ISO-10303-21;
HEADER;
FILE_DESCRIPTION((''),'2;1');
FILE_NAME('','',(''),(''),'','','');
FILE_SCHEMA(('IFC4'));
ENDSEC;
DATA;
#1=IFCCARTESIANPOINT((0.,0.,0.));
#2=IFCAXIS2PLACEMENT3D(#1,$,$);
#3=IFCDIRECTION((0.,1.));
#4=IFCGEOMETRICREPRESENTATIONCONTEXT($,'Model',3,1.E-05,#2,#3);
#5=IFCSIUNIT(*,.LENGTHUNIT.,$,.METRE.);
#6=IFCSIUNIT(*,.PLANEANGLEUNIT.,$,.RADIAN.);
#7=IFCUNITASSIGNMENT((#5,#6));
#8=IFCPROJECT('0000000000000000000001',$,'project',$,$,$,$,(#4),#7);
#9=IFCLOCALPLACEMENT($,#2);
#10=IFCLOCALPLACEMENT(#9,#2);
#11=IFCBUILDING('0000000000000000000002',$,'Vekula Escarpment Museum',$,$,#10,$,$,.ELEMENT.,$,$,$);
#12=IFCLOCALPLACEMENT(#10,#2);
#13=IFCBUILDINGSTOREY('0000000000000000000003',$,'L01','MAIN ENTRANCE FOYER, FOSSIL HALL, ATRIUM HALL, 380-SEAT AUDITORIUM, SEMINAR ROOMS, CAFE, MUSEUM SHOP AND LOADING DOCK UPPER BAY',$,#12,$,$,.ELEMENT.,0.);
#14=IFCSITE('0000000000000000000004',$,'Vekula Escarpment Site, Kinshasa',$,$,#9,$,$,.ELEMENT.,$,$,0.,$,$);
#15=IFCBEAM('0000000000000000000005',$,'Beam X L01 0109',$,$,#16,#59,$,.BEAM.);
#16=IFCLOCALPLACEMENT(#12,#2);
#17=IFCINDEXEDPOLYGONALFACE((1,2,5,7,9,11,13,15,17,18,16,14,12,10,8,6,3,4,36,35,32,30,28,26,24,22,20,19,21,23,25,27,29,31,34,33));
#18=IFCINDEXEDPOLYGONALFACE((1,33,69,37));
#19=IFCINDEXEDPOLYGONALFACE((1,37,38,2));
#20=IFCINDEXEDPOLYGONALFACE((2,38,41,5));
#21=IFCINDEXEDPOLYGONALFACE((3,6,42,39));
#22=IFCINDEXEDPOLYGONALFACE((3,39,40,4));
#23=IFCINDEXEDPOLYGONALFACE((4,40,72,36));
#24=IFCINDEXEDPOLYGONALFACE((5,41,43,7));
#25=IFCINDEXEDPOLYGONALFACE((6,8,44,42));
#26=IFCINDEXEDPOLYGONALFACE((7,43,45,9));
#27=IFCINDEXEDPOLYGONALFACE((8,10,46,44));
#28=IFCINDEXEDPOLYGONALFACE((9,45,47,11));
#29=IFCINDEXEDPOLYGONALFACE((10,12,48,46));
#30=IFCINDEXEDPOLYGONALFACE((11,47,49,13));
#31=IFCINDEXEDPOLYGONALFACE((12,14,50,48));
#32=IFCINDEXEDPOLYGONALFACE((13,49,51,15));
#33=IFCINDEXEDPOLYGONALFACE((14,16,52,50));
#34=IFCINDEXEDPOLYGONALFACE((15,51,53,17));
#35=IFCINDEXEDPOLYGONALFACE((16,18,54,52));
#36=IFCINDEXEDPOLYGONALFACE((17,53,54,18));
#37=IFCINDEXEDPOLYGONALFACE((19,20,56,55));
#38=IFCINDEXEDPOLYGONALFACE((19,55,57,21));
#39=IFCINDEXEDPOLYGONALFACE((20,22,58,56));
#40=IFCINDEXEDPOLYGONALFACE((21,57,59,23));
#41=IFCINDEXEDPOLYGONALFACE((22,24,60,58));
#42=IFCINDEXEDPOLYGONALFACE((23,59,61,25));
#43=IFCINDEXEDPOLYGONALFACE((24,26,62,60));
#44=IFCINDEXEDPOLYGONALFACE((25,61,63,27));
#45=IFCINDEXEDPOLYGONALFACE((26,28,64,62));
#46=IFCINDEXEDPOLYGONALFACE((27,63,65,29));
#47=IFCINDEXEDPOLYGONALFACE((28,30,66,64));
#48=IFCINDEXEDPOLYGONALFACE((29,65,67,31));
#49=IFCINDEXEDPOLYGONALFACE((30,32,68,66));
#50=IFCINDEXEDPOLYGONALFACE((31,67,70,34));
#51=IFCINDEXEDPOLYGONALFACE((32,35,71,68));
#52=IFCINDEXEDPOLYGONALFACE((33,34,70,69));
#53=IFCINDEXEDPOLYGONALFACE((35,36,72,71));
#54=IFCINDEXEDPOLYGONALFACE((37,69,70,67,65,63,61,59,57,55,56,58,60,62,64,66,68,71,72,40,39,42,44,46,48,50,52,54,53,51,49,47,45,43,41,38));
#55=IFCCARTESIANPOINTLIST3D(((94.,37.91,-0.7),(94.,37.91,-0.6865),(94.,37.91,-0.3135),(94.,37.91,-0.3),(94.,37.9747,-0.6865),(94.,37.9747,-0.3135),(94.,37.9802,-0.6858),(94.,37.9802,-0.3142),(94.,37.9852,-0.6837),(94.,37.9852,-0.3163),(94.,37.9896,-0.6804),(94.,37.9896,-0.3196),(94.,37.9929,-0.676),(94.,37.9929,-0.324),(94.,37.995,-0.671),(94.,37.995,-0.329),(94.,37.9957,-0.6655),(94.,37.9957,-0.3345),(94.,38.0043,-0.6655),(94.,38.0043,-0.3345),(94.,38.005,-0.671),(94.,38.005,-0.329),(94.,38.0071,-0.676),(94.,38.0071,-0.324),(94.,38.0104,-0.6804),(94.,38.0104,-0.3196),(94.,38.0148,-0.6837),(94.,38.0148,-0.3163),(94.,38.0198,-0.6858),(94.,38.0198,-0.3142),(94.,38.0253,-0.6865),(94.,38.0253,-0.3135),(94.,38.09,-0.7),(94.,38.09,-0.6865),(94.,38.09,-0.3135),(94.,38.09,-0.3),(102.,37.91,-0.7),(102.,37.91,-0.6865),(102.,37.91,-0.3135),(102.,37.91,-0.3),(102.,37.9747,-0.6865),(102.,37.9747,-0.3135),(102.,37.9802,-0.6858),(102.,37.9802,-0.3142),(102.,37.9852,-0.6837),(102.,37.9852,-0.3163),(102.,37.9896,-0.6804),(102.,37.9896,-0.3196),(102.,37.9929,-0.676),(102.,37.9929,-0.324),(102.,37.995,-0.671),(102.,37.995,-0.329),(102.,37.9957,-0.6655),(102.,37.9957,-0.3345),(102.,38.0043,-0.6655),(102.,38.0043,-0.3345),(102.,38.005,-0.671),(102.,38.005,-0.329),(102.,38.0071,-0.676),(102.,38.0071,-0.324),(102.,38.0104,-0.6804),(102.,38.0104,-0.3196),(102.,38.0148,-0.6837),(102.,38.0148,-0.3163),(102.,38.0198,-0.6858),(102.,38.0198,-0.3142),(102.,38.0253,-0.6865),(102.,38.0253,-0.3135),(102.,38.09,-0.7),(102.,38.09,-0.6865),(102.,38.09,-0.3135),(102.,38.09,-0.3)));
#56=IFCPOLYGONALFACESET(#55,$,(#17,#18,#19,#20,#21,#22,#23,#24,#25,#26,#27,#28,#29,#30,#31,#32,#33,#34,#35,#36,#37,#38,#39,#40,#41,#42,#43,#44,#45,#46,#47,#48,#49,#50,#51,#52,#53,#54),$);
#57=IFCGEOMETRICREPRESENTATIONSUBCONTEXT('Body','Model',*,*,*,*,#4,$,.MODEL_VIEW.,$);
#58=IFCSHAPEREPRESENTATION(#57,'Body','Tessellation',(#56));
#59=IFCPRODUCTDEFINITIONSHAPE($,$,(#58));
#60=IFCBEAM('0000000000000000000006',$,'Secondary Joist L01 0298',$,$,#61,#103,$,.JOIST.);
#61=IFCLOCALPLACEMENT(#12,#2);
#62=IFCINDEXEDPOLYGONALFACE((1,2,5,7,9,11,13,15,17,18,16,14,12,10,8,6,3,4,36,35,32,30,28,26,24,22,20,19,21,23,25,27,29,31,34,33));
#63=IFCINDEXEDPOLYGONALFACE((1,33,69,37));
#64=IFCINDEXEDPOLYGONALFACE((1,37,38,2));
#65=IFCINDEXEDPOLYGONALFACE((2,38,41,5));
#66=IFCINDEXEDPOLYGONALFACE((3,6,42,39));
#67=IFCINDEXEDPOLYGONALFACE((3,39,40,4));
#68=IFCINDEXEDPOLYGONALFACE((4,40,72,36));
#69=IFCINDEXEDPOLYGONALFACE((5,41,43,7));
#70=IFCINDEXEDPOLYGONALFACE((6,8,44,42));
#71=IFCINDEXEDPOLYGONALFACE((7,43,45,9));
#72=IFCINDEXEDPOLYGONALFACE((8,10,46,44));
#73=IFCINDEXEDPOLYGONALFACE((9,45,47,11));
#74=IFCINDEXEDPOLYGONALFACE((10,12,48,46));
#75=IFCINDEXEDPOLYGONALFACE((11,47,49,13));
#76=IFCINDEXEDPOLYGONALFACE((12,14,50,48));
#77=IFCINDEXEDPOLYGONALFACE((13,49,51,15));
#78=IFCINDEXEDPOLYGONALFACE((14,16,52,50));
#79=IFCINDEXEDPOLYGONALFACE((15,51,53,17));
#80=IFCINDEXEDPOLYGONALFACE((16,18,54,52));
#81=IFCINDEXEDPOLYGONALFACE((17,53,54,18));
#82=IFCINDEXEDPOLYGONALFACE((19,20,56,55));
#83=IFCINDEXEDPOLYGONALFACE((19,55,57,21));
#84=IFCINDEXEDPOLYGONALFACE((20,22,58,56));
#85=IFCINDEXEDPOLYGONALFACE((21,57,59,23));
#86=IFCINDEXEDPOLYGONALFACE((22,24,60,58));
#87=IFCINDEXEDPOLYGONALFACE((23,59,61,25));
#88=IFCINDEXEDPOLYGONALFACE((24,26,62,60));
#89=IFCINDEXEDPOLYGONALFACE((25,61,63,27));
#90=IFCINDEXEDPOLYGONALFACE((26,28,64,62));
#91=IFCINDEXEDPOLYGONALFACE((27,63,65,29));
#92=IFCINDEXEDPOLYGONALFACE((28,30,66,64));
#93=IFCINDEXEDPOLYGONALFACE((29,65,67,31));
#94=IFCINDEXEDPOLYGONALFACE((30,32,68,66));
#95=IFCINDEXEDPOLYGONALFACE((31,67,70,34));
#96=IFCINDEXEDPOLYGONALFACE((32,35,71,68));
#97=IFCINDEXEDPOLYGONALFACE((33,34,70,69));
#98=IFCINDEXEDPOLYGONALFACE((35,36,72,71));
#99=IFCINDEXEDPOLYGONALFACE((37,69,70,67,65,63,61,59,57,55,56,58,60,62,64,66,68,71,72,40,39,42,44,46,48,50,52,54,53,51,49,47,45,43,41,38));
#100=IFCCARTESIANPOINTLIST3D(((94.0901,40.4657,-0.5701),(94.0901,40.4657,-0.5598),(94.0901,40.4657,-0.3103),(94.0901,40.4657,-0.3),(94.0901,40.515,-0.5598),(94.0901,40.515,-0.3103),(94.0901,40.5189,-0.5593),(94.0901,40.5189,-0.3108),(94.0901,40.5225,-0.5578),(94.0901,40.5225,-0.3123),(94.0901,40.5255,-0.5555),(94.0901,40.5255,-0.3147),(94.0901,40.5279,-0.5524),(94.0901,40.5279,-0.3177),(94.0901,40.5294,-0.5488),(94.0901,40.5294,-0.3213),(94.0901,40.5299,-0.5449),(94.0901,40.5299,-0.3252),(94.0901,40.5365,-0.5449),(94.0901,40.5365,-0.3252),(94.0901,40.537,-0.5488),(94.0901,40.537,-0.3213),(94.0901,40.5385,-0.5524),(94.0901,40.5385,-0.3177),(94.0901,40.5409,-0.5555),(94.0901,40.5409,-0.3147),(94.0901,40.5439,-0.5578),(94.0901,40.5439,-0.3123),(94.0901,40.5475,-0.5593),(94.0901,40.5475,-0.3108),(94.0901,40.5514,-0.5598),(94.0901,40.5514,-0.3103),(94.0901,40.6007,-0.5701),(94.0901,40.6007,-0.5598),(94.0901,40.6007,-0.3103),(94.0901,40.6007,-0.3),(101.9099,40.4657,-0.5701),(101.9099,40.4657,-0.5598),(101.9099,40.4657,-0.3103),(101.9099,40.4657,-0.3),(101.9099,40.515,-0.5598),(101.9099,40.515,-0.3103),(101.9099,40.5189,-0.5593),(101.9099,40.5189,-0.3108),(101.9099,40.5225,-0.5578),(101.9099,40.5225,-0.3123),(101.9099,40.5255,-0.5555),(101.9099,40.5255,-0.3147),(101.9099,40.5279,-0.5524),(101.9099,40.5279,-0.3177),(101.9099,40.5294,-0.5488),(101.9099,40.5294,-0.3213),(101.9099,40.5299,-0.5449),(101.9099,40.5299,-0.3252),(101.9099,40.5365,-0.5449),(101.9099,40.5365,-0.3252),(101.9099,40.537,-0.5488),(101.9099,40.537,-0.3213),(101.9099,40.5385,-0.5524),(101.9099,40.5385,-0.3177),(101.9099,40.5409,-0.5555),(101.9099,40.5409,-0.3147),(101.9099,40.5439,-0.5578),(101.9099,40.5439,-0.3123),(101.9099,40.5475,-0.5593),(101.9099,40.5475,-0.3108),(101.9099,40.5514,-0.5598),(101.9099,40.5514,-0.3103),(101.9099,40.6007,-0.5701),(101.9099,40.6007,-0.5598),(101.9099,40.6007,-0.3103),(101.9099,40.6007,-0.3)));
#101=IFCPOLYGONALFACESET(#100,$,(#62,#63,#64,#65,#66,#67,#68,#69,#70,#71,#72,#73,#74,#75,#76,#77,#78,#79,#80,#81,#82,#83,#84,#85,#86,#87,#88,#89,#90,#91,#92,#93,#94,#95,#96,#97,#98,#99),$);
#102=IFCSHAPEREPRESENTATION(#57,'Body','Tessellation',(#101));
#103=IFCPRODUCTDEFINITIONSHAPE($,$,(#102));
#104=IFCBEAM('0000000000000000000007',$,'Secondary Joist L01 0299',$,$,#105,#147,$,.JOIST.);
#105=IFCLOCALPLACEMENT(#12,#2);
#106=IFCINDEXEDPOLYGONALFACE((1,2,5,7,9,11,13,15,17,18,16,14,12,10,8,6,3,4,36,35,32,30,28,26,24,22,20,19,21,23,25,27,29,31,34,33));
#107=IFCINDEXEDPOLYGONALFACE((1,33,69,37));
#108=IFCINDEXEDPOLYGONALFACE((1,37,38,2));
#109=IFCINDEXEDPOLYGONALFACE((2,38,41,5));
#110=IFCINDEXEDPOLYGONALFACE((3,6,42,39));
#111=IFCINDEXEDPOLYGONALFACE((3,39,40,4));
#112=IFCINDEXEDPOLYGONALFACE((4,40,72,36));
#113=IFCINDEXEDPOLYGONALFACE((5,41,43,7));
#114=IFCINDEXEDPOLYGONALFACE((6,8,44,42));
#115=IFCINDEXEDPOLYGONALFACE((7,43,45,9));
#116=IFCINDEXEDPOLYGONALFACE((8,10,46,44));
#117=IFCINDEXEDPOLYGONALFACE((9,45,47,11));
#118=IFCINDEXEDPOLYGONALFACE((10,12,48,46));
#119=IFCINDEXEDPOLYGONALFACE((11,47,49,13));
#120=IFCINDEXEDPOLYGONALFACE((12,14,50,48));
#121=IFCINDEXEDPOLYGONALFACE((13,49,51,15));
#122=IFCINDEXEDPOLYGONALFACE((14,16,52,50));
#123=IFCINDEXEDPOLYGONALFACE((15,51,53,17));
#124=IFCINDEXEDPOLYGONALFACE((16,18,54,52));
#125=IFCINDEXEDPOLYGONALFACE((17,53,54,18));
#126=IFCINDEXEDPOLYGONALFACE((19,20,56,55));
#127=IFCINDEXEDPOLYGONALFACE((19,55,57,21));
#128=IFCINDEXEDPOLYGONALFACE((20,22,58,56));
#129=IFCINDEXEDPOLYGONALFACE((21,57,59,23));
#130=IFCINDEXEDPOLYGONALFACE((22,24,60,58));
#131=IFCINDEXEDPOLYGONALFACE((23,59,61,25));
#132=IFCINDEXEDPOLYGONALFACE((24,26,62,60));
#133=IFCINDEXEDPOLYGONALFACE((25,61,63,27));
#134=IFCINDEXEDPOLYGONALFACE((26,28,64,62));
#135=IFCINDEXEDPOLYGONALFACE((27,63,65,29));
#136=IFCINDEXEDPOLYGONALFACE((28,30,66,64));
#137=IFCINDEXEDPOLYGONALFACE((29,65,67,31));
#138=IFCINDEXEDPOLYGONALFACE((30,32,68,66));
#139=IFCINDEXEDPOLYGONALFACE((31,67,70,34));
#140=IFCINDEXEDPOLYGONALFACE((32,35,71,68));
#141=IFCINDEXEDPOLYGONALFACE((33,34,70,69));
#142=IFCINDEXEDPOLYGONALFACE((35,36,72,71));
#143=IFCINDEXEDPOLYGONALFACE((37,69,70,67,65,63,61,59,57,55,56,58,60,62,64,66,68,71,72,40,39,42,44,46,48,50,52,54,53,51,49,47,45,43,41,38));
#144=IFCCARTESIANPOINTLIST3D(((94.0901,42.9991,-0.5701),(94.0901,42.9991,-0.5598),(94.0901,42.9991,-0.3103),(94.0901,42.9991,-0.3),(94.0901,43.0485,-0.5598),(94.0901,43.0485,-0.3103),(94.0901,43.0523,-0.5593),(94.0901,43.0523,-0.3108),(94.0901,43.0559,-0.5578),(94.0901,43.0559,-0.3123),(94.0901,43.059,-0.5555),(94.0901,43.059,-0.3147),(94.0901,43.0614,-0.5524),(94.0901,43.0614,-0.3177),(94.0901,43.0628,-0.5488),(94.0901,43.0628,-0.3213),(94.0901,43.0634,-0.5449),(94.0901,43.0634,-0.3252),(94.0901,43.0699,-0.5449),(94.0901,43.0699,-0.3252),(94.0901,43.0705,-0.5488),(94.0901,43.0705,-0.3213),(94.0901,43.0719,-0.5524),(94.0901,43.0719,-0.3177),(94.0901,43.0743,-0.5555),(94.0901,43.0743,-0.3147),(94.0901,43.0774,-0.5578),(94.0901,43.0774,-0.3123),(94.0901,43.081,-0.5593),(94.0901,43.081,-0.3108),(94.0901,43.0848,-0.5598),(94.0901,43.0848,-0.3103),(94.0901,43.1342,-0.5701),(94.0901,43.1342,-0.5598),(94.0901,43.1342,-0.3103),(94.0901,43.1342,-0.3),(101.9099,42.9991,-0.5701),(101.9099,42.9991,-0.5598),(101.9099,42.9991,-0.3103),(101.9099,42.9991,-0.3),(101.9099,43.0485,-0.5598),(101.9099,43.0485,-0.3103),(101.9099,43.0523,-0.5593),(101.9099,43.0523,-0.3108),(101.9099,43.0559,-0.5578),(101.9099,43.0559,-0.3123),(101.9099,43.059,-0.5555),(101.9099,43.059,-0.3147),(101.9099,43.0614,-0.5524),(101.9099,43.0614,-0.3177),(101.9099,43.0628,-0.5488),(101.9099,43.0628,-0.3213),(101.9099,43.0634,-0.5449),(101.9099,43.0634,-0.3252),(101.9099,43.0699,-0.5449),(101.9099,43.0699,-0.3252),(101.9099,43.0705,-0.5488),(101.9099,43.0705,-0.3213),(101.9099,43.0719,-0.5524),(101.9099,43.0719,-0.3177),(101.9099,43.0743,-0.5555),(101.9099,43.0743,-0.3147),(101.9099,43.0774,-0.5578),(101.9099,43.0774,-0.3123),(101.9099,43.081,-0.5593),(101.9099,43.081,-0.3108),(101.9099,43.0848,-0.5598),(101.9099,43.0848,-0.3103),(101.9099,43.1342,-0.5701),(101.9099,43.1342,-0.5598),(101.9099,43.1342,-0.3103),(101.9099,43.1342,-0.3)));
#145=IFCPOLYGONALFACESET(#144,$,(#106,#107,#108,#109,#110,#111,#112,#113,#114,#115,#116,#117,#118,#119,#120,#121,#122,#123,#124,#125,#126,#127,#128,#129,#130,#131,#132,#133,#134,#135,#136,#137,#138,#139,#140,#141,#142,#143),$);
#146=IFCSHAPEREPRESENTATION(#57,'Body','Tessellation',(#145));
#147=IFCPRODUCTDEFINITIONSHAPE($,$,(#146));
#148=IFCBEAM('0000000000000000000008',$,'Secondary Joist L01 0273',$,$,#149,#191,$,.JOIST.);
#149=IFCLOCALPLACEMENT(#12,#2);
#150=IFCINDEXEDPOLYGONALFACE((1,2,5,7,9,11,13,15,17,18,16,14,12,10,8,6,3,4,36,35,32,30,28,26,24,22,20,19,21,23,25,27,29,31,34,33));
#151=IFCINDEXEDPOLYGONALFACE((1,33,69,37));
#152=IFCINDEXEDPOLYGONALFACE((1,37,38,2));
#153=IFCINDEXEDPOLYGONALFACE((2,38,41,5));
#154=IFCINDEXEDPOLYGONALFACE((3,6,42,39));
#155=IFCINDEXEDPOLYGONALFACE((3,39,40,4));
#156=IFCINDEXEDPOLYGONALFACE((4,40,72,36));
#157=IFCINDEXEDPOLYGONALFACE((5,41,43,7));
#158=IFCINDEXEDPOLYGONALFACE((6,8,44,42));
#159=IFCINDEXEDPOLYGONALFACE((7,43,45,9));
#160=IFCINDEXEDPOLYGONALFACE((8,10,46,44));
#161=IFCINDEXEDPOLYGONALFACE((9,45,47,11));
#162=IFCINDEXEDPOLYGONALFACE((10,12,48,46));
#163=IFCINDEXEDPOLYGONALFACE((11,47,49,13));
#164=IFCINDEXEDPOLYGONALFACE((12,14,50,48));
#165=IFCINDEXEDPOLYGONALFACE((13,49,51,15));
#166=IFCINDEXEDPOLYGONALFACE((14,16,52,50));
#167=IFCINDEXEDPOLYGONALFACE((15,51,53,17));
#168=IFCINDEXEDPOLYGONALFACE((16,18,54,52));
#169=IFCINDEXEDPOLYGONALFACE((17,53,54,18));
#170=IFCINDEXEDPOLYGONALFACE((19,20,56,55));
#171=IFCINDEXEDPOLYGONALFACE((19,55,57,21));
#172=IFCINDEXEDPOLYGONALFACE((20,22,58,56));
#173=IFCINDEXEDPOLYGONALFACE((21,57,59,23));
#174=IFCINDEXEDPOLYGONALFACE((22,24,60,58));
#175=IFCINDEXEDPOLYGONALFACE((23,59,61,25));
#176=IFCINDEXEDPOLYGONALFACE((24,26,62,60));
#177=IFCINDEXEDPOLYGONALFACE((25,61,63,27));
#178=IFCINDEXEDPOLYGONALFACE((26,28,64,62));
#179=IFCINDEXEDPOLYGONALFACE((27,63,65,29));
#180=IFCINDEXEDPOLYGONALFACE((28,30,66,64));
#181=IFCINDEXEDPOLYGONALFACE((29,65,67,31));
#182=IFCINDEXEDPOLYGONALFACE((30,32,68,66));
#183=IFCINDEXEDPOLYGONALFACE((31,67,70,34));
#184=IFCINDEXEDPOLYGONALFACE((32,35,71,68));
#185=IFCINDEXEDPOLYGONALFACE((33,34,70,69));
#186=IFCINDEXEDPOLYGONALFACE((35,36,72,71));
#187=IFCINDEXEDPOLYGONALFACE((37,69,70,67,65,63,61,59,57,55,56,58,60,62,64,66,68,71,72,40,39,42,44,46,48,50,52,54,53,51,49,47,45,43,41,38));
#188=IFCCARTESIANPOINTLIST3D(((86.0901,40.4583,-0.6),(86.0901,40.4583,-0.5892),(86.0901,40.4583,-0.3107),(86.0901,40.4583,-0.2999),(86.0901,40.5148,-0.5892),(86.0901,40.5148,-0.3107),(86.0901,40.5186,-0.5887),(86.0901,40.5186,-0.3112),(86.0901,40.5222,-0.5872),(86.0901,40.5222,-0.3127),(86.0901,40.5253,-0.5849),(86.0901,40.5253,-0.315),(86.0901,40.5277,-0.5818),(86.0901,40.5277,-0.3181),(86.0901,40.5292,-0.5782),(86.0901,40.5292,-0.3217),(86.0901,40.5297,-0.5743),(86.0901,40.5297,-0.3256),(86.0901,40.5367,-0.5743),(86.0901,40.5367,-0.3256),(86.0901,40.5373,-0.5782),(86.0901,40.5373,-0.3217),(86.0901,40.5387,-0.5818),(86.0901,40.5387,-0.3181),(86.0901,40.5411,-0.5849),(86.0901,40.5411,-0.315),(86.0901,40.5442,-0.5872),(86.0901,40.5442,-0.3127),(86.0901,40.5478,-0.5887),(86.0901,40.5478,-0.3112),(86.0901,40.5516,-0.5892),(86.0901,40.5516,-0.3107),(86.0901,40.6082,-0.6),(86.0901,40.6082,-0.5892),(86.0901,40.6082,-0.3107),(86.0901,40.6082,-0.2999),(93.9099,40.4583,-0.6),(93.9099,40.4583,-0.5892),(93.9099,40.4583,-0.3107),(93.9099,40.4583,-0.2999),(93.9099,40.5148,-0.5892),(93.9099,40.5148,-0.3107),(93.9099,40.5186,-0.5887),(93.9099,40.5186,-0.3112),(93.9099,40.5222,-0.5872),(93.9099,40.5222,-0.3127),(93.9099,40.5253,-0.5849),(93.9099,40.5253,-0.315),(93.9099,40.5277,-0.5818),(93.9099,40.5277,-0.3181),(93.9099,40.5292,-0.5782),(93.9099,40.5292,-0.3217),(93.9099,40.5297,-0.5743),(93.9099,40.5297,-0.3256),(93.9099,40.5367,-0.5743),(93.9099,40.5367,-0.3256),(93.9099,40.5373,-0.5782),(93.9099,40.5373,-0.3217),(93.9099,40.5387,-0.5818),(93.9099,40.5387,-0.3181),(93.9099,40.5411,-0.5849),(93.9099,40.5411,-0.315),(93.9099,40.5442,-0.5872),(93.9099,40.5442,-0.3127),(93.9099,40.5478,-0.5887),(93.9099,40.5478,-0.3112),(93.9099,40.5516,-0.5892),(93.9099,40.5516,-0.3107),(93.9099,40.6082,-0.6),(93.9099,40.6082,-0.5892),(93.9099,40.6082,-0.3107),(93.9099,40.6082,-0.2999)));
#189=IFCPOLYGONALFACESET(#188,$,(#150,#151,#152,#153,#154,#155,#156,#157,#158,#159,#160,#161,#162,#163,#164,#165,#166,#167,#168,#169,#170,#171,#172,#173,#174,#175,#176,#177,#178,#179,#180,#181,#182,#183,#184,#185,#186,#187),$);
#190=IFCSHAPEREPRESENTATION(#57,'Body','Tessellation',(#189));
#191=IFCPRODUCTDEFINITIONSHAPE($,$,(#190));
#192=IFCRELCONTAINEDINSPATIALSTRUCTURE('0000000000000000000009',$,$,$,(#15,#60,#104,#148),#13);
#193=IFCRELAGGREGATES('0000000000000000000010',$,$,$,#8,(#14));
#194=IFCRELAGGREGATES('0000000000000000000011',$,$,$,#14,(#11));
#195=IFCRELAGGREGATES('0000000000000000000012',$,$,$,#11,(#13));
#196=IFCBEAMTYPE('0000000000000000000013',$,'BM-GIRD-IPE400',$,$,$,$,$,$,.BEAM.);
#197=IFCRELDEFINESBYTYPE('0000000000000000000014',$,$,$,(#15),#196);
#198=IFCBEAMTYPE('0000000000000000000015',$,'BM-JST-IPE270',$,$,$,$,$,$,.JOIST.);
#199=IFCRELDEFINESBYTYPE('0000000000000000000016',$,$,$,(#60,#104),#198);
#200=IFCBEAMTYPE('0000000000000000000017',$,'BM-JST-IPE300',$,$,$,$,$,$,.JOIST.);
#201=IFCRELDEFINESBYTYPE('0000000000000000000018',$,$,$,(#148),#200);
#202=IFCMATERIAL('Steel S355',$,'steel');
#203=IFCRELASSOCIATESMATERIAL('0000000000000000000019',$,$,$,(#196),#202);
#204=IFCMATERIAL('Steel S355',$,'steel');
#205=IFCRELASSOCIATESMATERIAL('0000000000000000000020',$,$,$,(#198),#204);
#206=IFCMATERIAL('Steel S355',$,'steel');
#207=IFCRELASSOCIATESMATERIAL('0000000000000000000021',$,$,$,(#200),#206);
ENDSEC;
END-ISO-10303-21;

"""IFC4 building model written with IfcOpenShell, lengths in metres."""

from ifc_helpers import new_model, si_unit, direction, frame, origin, origin_2d, place, context, subcontext, project, spatial, i_section, extrude, material, material_profile, profile_set, type_object, element, save


model = new_model("IFC4")

# Units and contexts
model_context = context("Model", 3, precision=1e-05, world=origin(), true_north=direction((0.0, 1.0)))
body_context = subcontext(model_context, "Body", "Model", "MODEL_VIEW")
ifc_project = project(units=[si_unit("LENGTHUNIT", "METRE"), si_unit("PLANEANGLEUNIT", "RADIAN")], contexts=[model_context])

# Site, building, storey
site_placement = place(None, origin())
site = spatial("IfcSite", under=ifc_project, at=site_placement, Name="Vekula Escarpment Site, Kinshasa", CompositionType="ELEMENT", RefElevation=0.0)
building_placement = place(site_placement, origin())
building = spatial("IfcBuilding", under=site, at=building_placement, Name="Vekula Escarpment Museum", CompositionType="ELEMENT")
storey_placement = place(building_placement, origin())
storey = spatial("IfcBuildingStorey", under=building, at=storey_placement, Name="L01", Description="MAIN ENTRANCE FOYER, FOSSIL HALL, ATRIUM HALL, 380-SEAT AUDITORIUM, SEMINAR ROOMS, CAFE, MUSEUM SHOP AND LOADING DOCK UPPER BAY", CompositionType="ELEMENT", Elevation=0.0)

# Beams
ifc_material_1 = material(Name="Steel S355", Category="steel")
ifc_material_profile_1 = material_profile(ifc_material_1, i_section(OverallWidth=0.1799, OverallDepth=0.3999, WebThickness=0.0085, FlangeThickness=0.0134, FilletRadius=0.021, at=origin_2d()), Name="IPE 400")
ifc_profile_set_1 = profile_set([ifc_material_profile_1], Name="Steel S355")
beam_type_1 = type_object("IfcBeamType", Name="BM-GIRD-IPE400", PredefinedType="BEAM", material=ifc_profile_set_1)
beam_1_placement = place(storey_placement, frame((94.0, 38.0, -0.5), z_axis=(1.0, 0.0, 0.0), x_axis=(0.0, 1.0, 0.0)))
element("IfcBeam", 1, at=beam_1_placement, inside=storey, type_object=beam_type_1, Name="Beam X L01 0109", PredefinedType="BEAM", context=body_context, shape_type="SweptSolid", body=[
    extrude(i_section(OverallWidth=0.1799, OverallDepth=0.3999, WebThickness=0.0085, FlangeThickness=0.0134, FilletRadius=0.021, at=origin_2d()), origin(), (0.0, 0.0, 1.0), 8.0),
])
ifc_material_2 = material(Name="Steel S355", Category="steel")
ifc_material_profile_2 = material_profile(ifc_material_2, i_section(OverallWidth=0.135, OverallDepth=0.27, WebThickness=0.0066, FlangeThickness=0.0103, FilletRadius=0.0149, at=origin_2d()), Name="IPE 270")
ifc_profile_set_2 = profile_set([ifc_material_profile_2], Name="Steel S355")
beam_type_2 = type_object("IfcBeamType", Name="BM-JST-IPE270", PredefinedType="JOIST", material=ifc_profile_set_2)
for number, where, z_axis, x_axis, name in (
    (2, (94.0901, 40.5332, -0.4351), (1.0, 0.0, 0.0), (0.0, 1.0, 0.0), "Secondary Joist L01 0298"),
    (3, (94.0901, 43.0667, -0.4351), (1.0, 0.0, 0.0), (0.0, 1.0, 0.0), "Secondary Joist L01 0299"),
):
    element("IfcBeam", number, at=place(storey_placement, frame(where, z_axis=z_axis, x_axis=x_axis)), inside=storey, type_object=beam_type_2, Name=name, PredefinedType="JOIST", context=body_context, shape_type="SweptSolid", body=[
        extrude(i_section(OverallWidth=0.135, OverallDepth=0.27, WebThickness=0.0066, FlangeThickness=0.0103, FilletRadius=0.0149, at=origin_2d()), origin(), (0.0, 0.0, 1.0), 7.8198),
    ])
ifc_material_3 = material(Name="Steel S355", Category="steel")
ifc_material_profile_3 = material_profile(ifc_material_3, i_section(OverallWidth=0.1499, OverallDepth=0.3, WebThickness=0.0071, FlangeThickness=0.0107, FilletRadius=0.0149, at=origin_2d()), Name="IPE 300")
ifc_profile_set_3 = profile_set([ifc_material_profile_3], Name="Steel S355")
beam_type_3 = type_object("IfcBeamType", Name="BM-JST-IPE300", PredefinedType="JOIST", material=ifc_profile_set_3)
for number, where, z_axis, x_axis, name in (
    (4, (86.0901, 40.5332, -0.45), (1.0, 0.0, 0.0), (0.0, 1.0, 0.0), "Secondary Joist L01 0273"),
):
    element("IfcBeam", number, at=place(storey_placement, frame(where, z_axis=z_axis, x_axis=x_axis)), inside=storey, type_object=beam_type_3, Name=name, PredefinedType="JOIST", context=body_context, shape_type="SweptSolid", body=[
        extrude(i_section(OverallWidth=0.1499, OverallDepth=0.3, WebThickness=0.0071, FlangeThickness=0.0107, FilletRadius=0.0149, at=origin_2d()), origin(), (0.0, 0.0, 1.0), 7.8198),
    ])

save(model, "model.ifc")
